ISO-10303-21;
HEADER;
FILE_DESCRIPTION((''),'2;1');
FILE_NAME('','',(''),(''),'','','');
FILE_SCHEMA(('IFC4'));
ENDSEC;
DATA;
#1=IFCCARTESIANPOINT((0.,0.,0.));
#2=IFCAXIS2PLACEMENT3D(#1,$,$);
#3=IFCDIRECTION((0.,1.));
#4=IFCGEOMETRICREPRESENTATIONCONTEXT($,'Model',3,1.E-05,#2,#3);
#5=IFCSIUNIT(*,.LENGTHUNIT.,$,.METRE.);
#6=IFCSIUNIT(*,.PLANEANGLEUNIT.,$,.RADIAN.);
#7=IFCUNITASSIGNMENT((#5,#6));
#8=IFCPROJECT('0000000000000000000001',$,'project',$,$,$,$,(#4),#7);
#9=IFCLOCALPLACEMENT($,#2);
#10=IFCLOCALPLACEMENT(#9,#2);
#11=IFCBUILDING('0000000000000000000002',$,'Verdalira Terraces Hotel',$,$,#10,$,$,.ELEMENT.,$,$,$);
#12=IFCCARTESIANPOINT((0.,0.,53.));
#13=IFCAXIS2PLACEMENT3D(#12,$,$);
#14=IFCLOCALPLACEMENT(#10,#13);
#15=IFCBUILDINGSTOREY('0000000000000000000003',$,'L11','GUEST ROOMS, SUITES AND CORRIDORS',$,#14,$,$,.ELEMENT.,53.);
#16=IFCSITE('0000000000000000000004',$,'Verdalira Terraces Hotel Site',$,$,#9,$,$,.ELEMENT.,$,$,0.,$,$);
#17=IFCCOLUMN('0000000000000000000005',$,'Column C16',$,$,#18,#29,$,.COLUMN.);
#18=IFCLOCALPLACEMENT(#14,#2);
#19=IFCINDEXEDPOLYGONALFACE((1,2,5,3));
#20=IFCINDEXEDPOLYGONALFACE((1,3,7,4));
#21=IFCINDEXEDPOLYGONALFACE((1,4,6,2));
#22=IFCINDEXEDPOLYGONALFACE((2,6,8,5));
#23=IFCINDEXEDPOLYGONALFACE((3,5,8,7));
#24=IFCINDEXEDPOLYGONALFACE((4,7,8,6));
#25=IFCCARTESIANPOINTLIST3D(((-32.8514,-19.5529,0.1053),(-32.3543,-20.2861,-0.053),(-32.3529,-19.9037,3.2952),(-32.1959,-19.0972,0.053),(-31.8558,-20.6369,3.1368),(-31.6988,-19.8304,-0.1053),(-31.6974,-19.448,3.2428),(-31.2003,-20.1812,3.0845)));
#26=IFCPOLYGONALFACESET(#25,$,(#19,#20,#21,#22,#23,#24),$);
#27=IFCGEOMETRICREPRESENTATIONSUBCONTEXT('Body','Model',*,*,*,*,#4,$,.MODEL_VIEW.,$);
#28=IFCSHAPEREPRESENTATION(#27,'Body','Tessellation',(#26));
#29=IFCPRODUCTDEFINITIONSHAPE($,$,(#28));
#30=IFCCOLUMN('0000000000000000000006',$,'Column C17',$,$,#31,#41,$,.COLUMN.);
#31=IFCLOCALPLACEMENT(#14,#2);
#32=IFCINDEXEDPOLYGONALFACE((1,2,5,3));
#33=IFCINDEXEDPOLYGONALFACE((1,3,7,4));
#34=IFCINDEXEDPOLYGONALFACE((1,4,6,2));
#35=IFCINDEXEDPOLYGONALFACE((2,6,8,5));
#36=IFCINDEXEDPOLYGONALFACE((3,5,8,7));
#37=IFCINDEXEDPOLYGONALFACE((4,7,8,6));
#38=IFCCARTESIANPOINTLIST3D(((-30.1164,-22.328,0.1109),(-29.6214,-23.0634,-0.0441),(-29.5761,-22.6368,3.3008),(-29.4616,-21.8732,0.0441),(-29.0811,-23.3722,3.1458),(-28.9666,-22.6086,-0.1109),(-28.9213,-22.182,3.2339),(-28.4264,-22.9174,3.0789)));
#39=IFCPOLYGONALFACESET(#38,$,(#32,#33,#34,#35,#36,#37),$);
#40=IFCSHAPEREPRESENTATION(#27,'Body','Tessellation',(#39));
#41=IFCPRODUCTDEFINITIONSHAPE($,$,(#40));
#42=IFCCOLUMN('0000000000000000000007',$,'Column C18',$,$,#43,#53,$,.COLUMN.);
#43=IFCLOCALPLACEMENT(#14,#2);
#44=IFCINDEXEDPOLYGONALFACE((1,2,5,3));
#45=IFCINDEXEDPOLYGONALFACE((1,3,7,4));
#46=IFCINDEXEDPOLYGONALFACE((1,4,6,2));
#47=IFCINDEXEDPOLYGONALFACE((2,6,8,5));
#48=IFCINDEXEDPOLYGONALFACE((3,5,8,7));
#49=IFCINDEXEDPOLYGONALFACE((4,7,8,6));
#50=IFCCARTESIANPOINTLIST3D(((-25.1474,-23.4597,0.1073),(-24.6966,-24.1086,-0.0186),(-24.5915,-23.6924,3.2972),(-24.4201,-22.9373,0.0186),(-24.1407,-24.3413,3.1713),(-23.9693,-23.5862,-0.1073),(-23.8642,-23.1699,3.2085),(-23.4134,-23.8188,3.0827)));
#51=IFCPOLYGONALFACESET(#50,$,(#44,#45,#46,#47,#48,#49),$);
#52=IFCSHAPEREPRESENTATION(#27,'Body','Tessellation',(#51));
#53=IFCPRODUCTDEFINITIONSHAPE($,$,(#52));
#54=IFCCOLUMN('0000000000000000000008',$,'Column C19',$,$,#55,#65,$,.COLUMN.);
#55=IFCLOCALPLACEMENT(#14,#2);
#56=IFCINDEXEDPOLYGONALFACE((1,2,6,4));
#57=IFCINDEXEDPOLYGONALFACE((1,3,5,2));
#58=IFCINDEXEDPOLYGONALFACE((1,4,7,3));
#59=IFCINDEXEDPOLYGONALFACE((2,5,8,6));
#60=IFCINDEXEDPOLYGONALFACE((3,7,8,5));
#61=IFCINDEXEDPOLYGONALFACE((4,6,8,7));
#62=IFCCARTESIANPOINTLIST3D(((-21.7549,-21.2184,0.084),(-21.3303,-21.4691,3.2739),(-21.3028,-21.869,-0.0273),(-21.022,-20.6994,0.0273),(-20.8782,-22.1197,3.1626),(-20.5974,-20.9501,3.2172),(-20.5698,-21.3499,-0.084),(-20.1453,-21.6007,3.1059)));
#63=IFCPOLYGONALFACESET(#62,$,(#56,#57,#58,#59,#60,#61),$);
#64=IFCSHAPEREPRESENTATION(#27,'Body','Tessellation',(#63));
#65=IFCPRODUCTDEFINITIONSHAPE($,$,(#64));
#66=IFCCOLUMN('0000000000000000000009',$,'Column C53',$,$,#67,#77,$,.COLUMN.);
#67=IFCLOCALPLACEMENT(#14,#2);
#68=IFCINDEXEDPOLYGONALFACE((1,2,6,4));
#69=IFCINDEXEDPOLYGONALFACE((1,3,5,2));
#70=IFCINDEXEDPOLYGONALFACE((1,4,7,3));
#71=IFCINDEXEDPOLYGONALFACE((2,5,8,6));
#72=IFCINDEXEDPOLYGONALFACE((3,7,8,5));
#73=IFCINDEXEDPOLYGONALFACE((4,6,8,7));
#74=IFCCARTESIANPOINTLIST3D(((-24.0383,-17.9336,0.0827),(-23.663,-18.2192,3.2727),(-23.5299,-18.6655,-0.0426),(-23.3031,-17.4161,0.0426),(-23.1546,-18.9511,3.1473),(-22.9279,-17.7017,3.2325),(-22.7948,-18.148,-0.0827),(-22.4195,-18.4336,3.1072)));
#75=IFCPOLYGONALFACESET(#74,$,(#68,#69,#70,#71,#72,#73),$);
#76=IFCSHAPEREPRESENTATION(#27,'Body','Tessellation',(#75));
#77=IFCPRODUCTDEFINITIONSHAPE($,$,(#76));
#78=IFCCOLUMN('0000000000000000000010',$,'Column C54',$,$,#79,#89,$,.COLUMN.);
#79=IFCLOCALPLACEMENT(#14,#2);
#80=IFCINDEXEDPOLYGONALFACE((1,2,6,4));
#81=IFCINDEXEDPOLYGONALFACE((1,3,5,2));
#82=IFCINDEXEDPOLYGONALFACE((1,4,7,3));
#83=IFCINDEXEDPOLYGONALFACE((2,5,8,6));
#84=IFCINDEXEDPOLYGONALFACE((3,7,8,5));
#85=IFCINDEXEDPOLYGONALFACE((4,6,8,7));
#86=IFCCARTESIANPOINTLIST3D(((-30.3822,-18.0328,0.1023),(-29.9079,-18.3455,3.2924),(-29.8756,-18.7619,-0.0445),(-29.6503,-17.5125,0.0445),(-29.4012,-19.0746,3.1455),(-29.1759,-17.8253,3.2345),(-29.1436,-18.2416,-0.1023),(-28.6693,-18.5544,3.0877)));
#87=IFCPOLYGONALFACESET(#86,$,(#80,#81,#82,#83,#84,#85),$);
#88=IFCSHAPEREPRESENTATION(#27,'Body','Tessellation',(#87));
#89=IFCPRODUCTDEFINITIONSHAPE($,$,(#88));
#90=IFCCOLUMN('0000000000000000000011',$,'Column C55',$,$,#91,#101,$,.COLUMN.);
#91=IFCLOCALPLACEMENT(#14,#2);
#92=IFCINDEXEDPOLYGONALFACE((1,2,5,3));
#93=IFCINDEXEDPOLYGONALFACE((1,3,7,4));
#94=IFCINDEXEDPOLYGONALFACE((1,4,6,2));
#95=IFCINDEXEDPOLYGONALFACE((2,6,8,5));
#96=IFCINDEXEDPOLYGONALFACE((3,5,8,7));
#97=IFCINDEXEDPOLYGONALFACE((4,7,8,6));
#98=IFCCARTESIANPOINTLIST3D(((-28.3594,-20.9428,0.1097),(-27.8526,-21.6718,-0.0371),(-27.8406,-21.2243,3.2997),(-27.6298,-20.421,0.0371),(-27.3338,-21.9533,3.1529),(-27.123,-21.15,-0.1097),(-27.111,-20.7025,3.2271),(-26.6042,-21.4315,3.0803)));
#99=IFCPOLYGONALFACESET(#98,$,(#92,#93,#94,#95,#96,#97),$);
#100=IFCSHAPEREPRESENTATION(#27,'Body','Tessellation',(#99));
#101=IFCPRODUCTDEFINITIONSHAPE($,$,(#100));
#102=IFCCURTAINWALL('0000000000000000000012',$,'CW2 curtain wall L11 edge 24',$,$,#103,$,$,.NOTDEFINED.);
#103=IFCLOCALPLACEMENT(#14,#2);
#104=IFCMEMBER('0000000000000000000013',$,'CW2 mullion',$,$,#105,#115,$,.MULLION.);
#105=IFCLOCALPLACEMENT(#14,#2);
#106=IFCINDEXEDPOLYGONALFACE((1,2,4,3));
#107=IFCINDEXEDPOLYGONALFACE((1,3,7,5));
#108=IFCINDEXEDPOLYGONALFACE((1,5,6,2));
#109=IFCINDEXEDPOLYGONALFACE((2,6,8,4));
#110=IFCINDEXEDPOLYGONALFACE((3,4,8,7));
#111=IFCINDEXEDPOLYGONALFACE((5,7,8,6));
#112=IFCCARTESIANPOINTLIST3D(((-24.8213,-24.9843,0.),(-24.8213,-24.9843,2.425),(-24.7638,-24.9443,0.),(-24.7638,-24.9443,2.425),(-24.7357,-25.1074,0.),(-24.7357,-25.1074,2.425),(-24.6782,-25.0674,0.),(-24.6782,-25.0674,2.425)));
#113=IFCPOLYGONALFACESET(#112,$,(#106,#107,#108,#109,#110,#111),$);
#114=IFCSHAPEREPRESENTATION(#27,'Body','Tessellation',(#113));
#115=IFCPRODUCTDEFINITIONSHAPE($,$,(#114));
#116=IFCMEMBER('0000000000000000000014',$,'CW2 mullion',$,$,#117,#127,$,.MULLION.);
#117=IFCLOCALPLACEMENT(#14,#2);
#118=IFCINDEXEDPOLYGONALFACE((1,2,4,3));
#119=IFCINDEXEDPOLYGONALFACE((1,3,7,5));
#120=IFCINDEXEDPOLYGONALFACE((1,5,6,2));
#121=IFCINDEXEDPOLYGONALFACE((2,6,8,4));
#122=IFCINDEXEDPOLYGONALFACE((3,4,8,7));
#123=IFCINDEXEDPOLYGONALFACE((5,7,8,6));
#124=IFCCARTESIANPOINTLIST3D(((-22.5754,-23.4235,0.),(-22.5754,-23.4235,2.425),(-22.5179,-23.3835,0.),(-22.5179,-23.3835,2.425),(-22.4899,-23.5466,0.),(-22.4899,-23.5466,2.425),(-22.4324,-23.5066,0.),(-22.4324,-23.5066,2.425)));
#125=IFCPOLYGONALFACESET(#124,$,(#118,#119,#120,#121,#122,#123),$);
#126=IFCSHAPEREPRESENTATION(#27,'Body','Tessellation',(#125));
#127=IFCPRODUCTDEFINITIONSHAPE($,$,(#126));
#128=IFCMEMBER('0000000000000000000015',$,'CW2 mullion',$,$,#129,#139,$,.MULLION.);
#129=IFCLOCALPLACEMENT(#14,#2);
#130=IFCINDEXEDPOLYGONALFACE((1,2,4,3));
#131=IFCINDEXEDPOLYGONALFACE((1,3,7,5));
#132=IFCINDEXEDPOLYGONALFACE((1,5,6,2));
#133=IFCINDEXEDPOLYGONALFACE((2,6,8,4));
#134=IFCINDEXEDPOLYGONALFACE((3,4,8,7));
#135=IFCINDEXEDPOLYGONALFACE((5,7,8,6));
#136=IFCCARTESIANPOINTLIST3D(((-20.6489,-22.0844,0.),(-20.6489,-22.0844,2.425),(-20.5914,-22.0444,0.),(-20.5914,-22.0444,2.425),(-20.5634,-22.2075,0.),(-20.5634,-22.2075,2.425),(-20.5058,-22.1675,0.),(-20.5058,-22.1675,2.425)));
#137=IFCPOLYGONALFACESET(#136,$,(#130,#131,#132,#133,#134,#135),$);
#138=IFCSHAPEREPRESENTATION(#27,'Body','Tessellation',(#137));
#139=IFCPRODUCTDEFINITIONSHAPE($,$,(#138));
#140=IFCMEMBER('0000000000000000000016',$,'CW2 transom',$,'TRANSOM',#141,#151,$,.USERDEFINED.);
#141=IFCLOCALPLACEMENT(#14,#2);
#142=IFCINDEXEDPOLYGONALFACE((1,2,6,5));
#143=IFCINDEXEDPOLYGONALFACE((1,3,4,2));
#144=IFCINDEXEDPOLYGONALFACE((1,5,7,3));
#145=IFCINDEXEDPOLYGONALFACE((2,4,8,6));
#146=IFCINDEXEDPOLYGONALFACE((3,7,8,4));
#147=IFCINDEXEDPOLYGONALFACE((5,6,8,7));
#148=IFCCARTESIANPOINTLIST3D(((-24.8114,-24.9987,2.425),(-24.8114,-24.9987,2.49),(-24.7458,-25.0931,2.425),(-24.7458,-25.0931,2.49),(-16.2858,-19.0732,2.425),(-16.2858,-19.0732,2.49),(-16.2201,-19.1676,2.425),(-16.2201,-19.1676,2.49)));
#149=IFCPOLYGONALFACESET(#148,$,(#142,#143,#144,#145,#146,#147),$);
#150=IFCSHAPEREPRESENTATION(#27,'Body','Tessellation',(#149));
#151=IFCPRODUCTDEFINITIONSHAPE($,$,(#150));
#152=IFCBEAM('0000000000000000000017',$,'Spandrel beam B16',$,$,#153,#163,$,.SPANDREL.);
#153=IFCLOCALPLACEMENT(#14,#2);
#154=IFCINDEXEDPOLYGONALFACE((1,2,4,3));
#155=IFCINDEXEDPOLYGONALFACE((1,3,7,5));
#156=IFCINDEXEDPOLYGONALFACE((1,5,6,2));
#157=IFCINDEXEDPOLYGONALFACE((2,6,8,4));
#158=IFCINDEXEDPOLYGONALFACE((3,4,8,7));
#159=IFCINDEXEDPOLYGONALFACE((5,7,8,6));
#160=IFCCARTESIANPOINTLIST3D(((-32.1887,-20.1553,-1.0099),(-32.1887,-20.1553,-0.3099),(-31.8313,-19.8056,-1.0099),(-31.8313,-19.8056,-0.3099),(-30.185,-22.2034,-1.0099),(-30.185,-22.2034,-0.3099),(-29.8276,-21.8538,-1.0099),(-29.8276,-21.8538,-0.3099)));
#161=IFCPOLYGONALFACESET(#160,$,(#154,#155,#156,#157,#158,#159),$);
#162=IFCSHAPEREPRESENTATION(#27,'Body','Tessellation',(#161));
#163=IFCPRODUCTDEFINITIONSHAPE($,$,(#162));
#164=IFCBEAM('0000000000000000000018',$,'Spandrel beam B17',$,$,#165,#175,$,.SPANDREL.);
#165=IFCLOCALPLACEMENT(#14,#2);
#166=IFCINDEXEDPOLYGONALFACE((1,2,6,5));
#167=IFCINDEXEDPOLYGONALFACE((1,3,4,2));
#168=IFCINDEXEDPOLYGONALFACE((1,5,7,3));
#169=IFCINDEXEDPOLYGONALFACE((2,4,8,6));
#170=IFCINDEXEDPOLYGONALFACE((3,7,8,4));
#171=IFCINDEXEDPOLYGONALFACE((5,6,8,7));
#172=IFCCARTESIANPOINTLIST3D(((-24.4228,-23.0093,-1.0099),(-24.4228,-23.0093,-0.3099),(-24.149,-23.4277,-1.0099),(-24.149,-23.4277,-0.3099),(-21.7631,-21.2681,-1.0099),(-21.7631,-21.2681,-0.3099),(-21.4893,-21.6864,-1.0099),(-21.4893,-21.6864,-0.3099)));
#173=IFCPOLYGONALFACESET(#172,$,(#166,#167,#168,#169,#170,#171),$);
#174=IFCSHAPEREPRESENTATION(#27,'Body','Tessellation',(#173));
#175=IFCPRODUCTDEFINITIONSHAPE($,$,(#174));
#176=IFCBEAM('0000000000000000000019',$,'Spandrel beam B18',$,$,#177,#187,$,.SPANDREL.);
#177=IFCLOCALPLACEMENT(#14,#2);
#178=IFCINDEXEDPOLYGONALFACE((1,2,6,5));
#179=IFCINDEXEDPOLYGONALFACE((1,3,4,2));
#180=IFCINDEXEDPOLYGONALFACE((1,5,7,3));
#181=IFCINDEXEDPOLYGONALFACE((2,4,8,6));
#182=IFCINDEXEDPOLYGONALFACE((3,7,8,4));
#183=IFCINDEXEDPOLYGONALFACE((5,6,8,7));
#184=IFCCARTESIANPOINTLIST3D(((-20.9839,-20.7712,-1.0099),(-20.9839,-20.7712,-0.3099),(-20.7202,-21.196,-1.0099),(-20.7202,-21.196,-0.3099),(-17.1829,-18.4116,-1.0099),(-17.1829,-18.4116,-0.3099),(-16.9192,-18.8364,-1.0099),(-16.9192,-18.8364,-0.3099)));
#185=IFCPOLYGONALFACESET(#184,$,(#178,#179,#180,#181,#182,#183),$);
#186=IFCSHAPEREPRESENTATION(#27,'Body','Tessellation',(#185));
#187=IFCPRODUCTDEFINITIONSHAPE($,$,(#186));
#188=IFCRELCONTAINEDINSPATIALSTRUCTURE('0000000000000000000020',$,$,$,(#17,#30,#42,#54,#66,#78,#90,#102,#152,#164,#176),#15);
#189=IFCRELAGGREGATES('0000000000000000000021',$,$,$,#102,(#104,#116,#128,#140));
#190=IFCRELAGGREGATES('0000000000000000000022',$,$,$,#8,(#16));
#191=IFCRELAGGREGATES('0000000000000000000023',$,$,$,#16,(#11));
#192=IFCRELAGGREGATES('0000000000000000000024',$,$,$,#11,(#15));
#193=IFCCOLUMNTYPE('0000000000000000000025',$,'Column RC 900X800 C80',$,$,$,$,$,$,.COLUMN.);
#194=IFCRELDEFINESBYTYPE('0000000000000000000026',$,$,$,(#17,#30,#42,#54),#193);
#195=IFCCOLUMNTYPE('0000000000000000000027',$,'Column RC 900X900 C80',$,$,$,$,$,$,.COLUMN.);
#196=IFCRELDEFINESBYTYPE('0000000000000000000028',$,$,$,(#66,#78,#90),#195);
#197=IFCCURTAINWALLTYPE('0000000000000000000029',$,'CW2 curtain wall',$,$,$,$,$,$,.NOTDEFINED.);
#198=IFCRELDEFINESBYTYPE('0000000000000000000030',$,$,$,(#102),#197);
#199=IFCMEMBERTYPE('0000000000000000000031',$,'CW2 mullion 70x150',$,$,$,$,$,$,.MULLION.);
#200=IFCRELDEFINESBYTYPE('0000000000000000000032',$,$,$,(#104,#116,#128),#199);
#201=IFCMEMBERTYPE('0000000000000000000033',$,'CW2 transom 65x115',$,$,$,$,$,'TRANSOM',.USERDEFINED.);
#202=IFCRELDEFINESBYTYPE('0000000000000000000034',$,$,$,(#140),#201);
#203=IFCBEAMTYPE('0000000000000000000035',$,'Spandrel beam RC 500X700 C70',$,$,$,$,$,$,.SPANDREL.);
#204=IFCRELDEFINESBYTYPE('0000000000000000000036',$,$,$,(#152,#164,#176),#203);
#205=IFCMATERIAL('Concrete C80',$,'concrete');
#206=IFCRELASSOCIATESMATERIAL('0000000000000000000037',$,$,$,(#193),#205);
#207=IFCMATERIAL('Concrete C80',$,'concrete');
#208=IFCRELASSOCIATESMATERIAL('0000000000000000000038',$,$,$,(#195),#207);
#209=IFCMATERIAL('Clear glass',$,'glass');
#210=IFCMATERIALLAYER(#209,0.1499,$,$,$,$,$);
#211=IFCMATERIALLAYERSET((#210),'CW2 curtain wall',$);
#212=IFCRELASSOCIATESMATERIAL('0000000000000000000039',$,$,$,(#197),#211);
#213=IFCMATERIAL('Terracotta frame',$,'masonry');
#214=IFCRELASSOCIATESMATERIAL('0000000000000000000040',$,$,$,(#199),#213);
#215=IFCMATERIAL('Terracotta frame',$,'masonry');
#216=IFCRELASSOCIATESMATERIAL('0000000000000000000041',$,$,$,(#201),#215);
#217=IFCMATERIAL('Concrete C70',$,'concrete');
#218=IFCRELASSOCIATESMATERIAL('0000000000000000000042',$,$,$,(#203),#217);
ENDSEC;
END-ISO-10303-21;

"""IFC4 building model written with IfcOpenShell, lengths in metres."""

from ifc_helpers import new_model, si_unit, direction, frame, origin, origin_2d, place, context, subcontext, project, spatial, rectangle, extrude, material, layer, layer_set, material_profile, profile_set, type_object, element, aggregate, save


model = new_model("IFC4")

# Units and contexts
model_context = context("Model", 3, precision=1e-05, world=origin(), true_north=direction((0.0, 1.0)))
body_context = subcontext(model_context, "Body", "Model", "MODEL_VIEW")
ifc_project = project(units=[si_unit("LENGTHUNIT", "METRE"), si_unit("PLANEANGLEUNIT", "RADIAN")], contexts=[model_context])

# Site, building, storey
site_placement = place(None, origin())
site = spatial("IfcSite", under=ifc_project, at=site_placement, Name="Verdalira Terraces Hotel Site", CompositionType="ELEMENT", RefElevation=0.0)
building_placement = place(site_placement, origin())
building = spatial("IfcBuilding", under=site, at=building_placement, Name="Verdalira Terraces Hotel", CompositionType="ELEMENT")
storey_placement = place(building_placement, frame((0.0, 0.0, 53.0)))
storey = spatial("IfcBuildingStorey", under=building, at=storey_placement, Name="L11", Description="GUEST ROOMS, SUITES AND CORRIDORS", CompositionType="ELEMENT", Elevation=53.0)

# Columns
ifc_material_1 = material(Name="Concrete C80", Category="concrete")
ifc_material_profile_1 = material_profile(ifc_material_1, rectangle(XDim=0.8999, YDim=0.8, at=origin_2d()), Name="RC 900X800")
ifc_profile_set_1 = profile_set([ifc_material_profile_1], Name="Concrete C80")
column_type_1 = type_object("IfcColumnType", Name="Column RC 900X800 C80", PredefinedType="COLUMN", material=ifc_profile_set_1)
column_1_placement = place(storey_placement, frame((-32.2751, -19.6916, 0.0), z_axis=(0.153506, -0.108025, 0.982225), x_axis=(0.55239, -0.814807, -0.175942)))
element("IfcColumn", 1, at=column_1_placement, inside=storey, type_object=column_type_1, Name="Column C16", PredefinedType="COLUMN", context=body_context, shape_type="SweptSolid", body=[
    extrude(rectangle(XDim=0.8999, YDim=0.8, at=origin_2d()), origin(), (0.0, 0.0, 1.0), 3.2476),
])
column_2_placement = place(storey_placement, frame((-29.5415, -22.4683, 0.0), z_axis=(0.166237, -0.095025, 0.981497), x_axis=(0.550019, -0.81719, -0.172275)))
element("IfcColumn", 2, at=column_2_placement, inside=storey, type_object=column_type_1, Name="Column C17", PredefinedType="COLUMN", context=body_context, shape_type="SweptSolid", body=[
    extrude(rectangle(XDim=0.8999, YDim=0.8, at=origin_2d()), origin(), (0.0, 0.0, 1.0), 3.25),
])
column_3_placement = place(storey_placement, frame((-24.5584, -23.5229, 0.0), z_axis=(0.17124, -0.07167, 0.982619), x_axis=(0.808237, 0.58056, -0.098506)))
element("IfcColumn", 3, at=column_3_placement, inside=storey, type_object=column_type_1, Name="Column C18", PredefinedType="COLUMN", context=body_context, shape_type="SweptSolid", body=[
    extrude(rectangle(XDim=0.8999, YDim=0.8, at=origin_2d()), origin(), (0.0, 0.0, 1.0), 3.2463),
])
column_4_placement = place(storey_placement, frame((-21.1624, -21.2842, 0.0), z_axis=(0.131532, -0.077678, 0.988264), x_axis=(0.814452, 0.576793, -0.063062)))
element("IfcColumn", 4, at=column_4_placement, inside=storey, type_object=column_type_1, Name="Column C19", PredefinedType="COLUMN", context=body_context, shape_type="SweptSolid", body=[
    extrude(rectangle(XDim=0.8999, YDim=0.8, at=origin_2d()), origin(), (0.0, 0.0, 1.0), 3.2278),
])
ifc_material_2 = material(Name="Concrete C80", Category="concrete")
ifc_material_profile_2 = material_profile(ifc_material_2, rectangle(XDim=0.8999, YDim=0.8999, at=origin_2d()), Name="RC 900X900")
ifc_profile_set_2 = profile_set([ifc_material_profile_2], Name="Concrete C80")
column_type_2 = type_object("IfcColumnType", Name="Column RC 900X900 C80", PredefinedType="COLUMN", material=ifc_profile_set_2)
column_5_placement = place(storey_placement, frame((-23.4165, -18.0408, 0.0), z_axis=(0.116369, -0.088583, 0.989248), x_axis=(-0.816886, -0.575073, 0.044598)))
element("IfcColumn", 5, at=column_5_placement, inside=storey, type_object=column_type_2, Name="Column C53", PredefinedType="COLUMN", context=body_context, shape_type="SweptSolid", body=[
    extrude(rectangle(XDim=0.8999, YDim=0.8999, at=origin_2d()), origin(), (0.0, 0.0, 1.0), 3.2246),
])
column_6_placement = place(storey_placement, frame((-29.7629, -18.1372, 0.0), z_axis=(0.146402, -0.096522, 0.984505), x_axis=(-0.8134, -0.578142, 0.064277)))
element("IfcColumn", 6, at=column_6_placement, inside=storey, type_object=column_type_2, Name="Column C54", PredefinedType="COLUMN", context=body_context, shape_type="SweptSolid", body=[
    extrude(rectangle(XDim=0.8999, YDim=0.8999, at=origin_2d()), origin(), (0.0, 0.0, 1.0), 3.2402),
])
column_7_placement = place(storey_placement, frame((-27.7412, -21.0464, 0.0), z_axis=(0.159921, -0.086771, 0.983309), x_axis=(-0.810719, -0.579849, 0.080684)))
element("IfcColumn", 7, at=column_7_placement, inside=storey, type_object=column_type_2, Name="Column C55", PredefinedType="COLUMN", context=body_context, shape_type="SweptSolid", body=[
    extrude(rectangle(XDim=0.8999, YDim=0.8999, at=origin_2d()), origin(), (0.0, 0.0, 1.0), 3.2441),
])

# Curtain wall, members
ifc_material_3 = material(Name="Clear glass", Category="glass")
ifc_layer_1 = layer(ifc_material_3, 0.1499)
ifc_layer_set_1 = layer_set([ifc_layer_1], Name="CW2 curtain wall")
curtain_wall_type = type_object("IfcCurtainWallType", Name="CW2 curtain wall", PredefinedType="NOTDEFINED", material=ifc_layer_set_1)
curtain_wall_placement = place(storey_placement, origin())
curtain_wall = element("IfcCurtainWall", 8, at=curtain_wall_placement, inside=storey, type_object=curtain_wall_type, Name="CW2 curtain wall L11 edge 24", PredefinedType="NOTDEFINED")
ifc_material_4 = material(Name="Terracotta frame", Category="masonry")
ifc_material_profile_3 = material_profile(ifc_material_4, rectangle(XDim=0.0701, YDim=0.1499, at=origin_2d()), Name="MU 70x150")
ifc_profile_set_3 = profile_set([ifc_material_profile_3], Name="Terracotta frame")
member_type_1 = type_object("IfcMemberType", Name="CW2 mullion 70x150", PredefinedType="MULLION", material=ifc_profile_set_3)
member_1_placement = place(storey_placement, frame((-24.7498, -25.0259, 0.0), z_axis=(0.0, 0.0, 1.0), x_axis=(0.821149, 0.570714, 0.0)))
member_1 = element("IfcMember", 9, at=member_1_placement, type_object=member_type_1, Name="CW2 mullion", PredefinedType="MULLION", context=body_context, shape_type="SweptSolid", body=[
    extrude(rectangle(XDim=0.0701, YDim=0.1499, at=origin_2d()), origin(), (0.0, 0.0, 1.0), 2.425),
])
member_2_placement = place(storey_placement, frame((-22.5039, -23.4651, 0.0), z_axis=(0.0, 0.0, 1.0), x_axis=(0.821149, 0.570714, 0.0)))
member_2 = element("IfcMember", 10, at=member_2_placement, type_object=member_type_1, Name="CW2 mullion", PredefinedType="MULLION", context=body_context, shape_type="SweptSolid", body=[
    extrude(rectangle(XDim=0.0701, YDim=0.1499, at=origin_2d()), origin(), (0.0, 0.0, 1.0), 2.425),
])
member_3_placement = place(storey_placement, frame((-20.5774, -22.126, 0.0), z_axis=(0.0, 0.0, 1.0), x_axis=(0.821149, 0.570714, 0.0)))
member_3 = element("IfcMember", 11, at=member_3_placement, type_object=member_type_1, Name="CW2 mullion", PredefinedType="MULLION", context=body_context, shape_type="SweptSolid", body=[
    extrude(rectangle(XDim=0.0701, YDim=0.1499, at=origin_2d()), origin(), (0.0, 0.0, 1.0), 2.425),
])
ifc_material_5 = material(Name="Terracotta frame", Category="masonry")
ifc_material_profile_4 = material_profile(ifc_material_5, rectangle(XDim=0.115, YDim=0.0649, at=origin_2d()), Name="TR 65x115")
ifc_profile_set_4 = profile_set([ifc_material_profile_4], Name="Terracotta frame")
member_type_2 = type_object("IfcMemberType", Name="CW2 transom 65x115", ElementType="TRANSOM", PredefinedType="USERDEFINED", material=ifc_profile_set_4)
member_4_placement = place(storey_placement, frame((-24.7786, -25.0459, 2.4575), z_axis=(0.821146, 0.570718, 0.0), x_axis=(-0.570718, 0.821146, 0.0)))
member_4 = element("IfcMember", 12, at=member_4_placement, type_object=member_type_2, Name="CW2 transom", ObjectType="TRANSOM", PredefinedType="USERDEFINED", context=body_context, shape_type="SweptSolid", body=[
    extrude(rectangle(XDim=0.115, YDim=0.0649, at=origin_2d()), origin(), (0.0, 0.0, 1.0), 10.3826),
])

# Beams
ifc_material_6 = material(Name="Concrete C70", Category="concrete")
ifc_material_profile_5 = material_profile(ifc_material_6, rectangle(XDim=0.5, YDim=0.7, at=origin_2d()), Name="RC 500X700")
ifc_profile_set_5 = profile_set([ifc_material_profile_5], Name="Concrete C70")
beam_type = type_object("IfcBeamType", Name="Spandrel beam RC 500X700 C70", PredefinedType="SPANDREL", material=ifc_profile_set_5)
beam_1_placement = place(storey_placement, frame((-32.01, -19.9805, -0.6599), z_axis=(0.69931, -0.714818, 0.0), x_axis=(0.714818, 0.69931, 0.0)))
element("IfcBeam", 13, at=beam_1_placement, inside=storey, type_object=beam_type, Name="Spandrel beam B16", PredefinedType="SPANDREL", context=body_context, shape_type="SweptSolid", body=[
    extrude(rectangle(XDim=0.5, YDim=0.7, at=origin_2d()), origin(), (0.0, 0.0, 1.0), 2.8652),
])
beam_2_placement = place(storey_placement, frame((-24.2859, -23.2185, -0.6599), z_axis=(0.836653, 0.547733, 0.0), x_axis=(-0.547733, 0.836653, 0.0)))
element("IfcBeam", 14, at=beam_2_placement, inside=storey, type_object=beam_type, Name="Spandrel beam B17", PredefinedType="SPANDREL", context=body_context, shape_type="SweptSolid", body=[
    extrude(rectangle(XDim=0.5, YDim=0.7, at=origin_2d()), origin(), (0.0, 0.0, 1.0), 3.179),
])
beam_3_placement = place(storey_placement, frame((-20.8521, -20.9836, -0.6599), z_axis=(0.849604, 0.527421, 0.0), x_axis=(-0.527421, 0.849604, 0.0)))
element("IfcBeam", 15, at=beam_3_placement, inside=storey, type_object=beam_type, Name="Spandrel beam B18", PredefinedType="SPANDREL", context=body_context, shape_type="SweptSolid", body=[
    extrude(rectangle(XDim=0.5, YDim=0.7, at=origin_2d()), origin(), (0.0, 0.0, 1.0), 4.4739),
])

aggregate(curtain_wall, [member_1, member_2, member_3, member_4])

save(model, "model.ifc")
